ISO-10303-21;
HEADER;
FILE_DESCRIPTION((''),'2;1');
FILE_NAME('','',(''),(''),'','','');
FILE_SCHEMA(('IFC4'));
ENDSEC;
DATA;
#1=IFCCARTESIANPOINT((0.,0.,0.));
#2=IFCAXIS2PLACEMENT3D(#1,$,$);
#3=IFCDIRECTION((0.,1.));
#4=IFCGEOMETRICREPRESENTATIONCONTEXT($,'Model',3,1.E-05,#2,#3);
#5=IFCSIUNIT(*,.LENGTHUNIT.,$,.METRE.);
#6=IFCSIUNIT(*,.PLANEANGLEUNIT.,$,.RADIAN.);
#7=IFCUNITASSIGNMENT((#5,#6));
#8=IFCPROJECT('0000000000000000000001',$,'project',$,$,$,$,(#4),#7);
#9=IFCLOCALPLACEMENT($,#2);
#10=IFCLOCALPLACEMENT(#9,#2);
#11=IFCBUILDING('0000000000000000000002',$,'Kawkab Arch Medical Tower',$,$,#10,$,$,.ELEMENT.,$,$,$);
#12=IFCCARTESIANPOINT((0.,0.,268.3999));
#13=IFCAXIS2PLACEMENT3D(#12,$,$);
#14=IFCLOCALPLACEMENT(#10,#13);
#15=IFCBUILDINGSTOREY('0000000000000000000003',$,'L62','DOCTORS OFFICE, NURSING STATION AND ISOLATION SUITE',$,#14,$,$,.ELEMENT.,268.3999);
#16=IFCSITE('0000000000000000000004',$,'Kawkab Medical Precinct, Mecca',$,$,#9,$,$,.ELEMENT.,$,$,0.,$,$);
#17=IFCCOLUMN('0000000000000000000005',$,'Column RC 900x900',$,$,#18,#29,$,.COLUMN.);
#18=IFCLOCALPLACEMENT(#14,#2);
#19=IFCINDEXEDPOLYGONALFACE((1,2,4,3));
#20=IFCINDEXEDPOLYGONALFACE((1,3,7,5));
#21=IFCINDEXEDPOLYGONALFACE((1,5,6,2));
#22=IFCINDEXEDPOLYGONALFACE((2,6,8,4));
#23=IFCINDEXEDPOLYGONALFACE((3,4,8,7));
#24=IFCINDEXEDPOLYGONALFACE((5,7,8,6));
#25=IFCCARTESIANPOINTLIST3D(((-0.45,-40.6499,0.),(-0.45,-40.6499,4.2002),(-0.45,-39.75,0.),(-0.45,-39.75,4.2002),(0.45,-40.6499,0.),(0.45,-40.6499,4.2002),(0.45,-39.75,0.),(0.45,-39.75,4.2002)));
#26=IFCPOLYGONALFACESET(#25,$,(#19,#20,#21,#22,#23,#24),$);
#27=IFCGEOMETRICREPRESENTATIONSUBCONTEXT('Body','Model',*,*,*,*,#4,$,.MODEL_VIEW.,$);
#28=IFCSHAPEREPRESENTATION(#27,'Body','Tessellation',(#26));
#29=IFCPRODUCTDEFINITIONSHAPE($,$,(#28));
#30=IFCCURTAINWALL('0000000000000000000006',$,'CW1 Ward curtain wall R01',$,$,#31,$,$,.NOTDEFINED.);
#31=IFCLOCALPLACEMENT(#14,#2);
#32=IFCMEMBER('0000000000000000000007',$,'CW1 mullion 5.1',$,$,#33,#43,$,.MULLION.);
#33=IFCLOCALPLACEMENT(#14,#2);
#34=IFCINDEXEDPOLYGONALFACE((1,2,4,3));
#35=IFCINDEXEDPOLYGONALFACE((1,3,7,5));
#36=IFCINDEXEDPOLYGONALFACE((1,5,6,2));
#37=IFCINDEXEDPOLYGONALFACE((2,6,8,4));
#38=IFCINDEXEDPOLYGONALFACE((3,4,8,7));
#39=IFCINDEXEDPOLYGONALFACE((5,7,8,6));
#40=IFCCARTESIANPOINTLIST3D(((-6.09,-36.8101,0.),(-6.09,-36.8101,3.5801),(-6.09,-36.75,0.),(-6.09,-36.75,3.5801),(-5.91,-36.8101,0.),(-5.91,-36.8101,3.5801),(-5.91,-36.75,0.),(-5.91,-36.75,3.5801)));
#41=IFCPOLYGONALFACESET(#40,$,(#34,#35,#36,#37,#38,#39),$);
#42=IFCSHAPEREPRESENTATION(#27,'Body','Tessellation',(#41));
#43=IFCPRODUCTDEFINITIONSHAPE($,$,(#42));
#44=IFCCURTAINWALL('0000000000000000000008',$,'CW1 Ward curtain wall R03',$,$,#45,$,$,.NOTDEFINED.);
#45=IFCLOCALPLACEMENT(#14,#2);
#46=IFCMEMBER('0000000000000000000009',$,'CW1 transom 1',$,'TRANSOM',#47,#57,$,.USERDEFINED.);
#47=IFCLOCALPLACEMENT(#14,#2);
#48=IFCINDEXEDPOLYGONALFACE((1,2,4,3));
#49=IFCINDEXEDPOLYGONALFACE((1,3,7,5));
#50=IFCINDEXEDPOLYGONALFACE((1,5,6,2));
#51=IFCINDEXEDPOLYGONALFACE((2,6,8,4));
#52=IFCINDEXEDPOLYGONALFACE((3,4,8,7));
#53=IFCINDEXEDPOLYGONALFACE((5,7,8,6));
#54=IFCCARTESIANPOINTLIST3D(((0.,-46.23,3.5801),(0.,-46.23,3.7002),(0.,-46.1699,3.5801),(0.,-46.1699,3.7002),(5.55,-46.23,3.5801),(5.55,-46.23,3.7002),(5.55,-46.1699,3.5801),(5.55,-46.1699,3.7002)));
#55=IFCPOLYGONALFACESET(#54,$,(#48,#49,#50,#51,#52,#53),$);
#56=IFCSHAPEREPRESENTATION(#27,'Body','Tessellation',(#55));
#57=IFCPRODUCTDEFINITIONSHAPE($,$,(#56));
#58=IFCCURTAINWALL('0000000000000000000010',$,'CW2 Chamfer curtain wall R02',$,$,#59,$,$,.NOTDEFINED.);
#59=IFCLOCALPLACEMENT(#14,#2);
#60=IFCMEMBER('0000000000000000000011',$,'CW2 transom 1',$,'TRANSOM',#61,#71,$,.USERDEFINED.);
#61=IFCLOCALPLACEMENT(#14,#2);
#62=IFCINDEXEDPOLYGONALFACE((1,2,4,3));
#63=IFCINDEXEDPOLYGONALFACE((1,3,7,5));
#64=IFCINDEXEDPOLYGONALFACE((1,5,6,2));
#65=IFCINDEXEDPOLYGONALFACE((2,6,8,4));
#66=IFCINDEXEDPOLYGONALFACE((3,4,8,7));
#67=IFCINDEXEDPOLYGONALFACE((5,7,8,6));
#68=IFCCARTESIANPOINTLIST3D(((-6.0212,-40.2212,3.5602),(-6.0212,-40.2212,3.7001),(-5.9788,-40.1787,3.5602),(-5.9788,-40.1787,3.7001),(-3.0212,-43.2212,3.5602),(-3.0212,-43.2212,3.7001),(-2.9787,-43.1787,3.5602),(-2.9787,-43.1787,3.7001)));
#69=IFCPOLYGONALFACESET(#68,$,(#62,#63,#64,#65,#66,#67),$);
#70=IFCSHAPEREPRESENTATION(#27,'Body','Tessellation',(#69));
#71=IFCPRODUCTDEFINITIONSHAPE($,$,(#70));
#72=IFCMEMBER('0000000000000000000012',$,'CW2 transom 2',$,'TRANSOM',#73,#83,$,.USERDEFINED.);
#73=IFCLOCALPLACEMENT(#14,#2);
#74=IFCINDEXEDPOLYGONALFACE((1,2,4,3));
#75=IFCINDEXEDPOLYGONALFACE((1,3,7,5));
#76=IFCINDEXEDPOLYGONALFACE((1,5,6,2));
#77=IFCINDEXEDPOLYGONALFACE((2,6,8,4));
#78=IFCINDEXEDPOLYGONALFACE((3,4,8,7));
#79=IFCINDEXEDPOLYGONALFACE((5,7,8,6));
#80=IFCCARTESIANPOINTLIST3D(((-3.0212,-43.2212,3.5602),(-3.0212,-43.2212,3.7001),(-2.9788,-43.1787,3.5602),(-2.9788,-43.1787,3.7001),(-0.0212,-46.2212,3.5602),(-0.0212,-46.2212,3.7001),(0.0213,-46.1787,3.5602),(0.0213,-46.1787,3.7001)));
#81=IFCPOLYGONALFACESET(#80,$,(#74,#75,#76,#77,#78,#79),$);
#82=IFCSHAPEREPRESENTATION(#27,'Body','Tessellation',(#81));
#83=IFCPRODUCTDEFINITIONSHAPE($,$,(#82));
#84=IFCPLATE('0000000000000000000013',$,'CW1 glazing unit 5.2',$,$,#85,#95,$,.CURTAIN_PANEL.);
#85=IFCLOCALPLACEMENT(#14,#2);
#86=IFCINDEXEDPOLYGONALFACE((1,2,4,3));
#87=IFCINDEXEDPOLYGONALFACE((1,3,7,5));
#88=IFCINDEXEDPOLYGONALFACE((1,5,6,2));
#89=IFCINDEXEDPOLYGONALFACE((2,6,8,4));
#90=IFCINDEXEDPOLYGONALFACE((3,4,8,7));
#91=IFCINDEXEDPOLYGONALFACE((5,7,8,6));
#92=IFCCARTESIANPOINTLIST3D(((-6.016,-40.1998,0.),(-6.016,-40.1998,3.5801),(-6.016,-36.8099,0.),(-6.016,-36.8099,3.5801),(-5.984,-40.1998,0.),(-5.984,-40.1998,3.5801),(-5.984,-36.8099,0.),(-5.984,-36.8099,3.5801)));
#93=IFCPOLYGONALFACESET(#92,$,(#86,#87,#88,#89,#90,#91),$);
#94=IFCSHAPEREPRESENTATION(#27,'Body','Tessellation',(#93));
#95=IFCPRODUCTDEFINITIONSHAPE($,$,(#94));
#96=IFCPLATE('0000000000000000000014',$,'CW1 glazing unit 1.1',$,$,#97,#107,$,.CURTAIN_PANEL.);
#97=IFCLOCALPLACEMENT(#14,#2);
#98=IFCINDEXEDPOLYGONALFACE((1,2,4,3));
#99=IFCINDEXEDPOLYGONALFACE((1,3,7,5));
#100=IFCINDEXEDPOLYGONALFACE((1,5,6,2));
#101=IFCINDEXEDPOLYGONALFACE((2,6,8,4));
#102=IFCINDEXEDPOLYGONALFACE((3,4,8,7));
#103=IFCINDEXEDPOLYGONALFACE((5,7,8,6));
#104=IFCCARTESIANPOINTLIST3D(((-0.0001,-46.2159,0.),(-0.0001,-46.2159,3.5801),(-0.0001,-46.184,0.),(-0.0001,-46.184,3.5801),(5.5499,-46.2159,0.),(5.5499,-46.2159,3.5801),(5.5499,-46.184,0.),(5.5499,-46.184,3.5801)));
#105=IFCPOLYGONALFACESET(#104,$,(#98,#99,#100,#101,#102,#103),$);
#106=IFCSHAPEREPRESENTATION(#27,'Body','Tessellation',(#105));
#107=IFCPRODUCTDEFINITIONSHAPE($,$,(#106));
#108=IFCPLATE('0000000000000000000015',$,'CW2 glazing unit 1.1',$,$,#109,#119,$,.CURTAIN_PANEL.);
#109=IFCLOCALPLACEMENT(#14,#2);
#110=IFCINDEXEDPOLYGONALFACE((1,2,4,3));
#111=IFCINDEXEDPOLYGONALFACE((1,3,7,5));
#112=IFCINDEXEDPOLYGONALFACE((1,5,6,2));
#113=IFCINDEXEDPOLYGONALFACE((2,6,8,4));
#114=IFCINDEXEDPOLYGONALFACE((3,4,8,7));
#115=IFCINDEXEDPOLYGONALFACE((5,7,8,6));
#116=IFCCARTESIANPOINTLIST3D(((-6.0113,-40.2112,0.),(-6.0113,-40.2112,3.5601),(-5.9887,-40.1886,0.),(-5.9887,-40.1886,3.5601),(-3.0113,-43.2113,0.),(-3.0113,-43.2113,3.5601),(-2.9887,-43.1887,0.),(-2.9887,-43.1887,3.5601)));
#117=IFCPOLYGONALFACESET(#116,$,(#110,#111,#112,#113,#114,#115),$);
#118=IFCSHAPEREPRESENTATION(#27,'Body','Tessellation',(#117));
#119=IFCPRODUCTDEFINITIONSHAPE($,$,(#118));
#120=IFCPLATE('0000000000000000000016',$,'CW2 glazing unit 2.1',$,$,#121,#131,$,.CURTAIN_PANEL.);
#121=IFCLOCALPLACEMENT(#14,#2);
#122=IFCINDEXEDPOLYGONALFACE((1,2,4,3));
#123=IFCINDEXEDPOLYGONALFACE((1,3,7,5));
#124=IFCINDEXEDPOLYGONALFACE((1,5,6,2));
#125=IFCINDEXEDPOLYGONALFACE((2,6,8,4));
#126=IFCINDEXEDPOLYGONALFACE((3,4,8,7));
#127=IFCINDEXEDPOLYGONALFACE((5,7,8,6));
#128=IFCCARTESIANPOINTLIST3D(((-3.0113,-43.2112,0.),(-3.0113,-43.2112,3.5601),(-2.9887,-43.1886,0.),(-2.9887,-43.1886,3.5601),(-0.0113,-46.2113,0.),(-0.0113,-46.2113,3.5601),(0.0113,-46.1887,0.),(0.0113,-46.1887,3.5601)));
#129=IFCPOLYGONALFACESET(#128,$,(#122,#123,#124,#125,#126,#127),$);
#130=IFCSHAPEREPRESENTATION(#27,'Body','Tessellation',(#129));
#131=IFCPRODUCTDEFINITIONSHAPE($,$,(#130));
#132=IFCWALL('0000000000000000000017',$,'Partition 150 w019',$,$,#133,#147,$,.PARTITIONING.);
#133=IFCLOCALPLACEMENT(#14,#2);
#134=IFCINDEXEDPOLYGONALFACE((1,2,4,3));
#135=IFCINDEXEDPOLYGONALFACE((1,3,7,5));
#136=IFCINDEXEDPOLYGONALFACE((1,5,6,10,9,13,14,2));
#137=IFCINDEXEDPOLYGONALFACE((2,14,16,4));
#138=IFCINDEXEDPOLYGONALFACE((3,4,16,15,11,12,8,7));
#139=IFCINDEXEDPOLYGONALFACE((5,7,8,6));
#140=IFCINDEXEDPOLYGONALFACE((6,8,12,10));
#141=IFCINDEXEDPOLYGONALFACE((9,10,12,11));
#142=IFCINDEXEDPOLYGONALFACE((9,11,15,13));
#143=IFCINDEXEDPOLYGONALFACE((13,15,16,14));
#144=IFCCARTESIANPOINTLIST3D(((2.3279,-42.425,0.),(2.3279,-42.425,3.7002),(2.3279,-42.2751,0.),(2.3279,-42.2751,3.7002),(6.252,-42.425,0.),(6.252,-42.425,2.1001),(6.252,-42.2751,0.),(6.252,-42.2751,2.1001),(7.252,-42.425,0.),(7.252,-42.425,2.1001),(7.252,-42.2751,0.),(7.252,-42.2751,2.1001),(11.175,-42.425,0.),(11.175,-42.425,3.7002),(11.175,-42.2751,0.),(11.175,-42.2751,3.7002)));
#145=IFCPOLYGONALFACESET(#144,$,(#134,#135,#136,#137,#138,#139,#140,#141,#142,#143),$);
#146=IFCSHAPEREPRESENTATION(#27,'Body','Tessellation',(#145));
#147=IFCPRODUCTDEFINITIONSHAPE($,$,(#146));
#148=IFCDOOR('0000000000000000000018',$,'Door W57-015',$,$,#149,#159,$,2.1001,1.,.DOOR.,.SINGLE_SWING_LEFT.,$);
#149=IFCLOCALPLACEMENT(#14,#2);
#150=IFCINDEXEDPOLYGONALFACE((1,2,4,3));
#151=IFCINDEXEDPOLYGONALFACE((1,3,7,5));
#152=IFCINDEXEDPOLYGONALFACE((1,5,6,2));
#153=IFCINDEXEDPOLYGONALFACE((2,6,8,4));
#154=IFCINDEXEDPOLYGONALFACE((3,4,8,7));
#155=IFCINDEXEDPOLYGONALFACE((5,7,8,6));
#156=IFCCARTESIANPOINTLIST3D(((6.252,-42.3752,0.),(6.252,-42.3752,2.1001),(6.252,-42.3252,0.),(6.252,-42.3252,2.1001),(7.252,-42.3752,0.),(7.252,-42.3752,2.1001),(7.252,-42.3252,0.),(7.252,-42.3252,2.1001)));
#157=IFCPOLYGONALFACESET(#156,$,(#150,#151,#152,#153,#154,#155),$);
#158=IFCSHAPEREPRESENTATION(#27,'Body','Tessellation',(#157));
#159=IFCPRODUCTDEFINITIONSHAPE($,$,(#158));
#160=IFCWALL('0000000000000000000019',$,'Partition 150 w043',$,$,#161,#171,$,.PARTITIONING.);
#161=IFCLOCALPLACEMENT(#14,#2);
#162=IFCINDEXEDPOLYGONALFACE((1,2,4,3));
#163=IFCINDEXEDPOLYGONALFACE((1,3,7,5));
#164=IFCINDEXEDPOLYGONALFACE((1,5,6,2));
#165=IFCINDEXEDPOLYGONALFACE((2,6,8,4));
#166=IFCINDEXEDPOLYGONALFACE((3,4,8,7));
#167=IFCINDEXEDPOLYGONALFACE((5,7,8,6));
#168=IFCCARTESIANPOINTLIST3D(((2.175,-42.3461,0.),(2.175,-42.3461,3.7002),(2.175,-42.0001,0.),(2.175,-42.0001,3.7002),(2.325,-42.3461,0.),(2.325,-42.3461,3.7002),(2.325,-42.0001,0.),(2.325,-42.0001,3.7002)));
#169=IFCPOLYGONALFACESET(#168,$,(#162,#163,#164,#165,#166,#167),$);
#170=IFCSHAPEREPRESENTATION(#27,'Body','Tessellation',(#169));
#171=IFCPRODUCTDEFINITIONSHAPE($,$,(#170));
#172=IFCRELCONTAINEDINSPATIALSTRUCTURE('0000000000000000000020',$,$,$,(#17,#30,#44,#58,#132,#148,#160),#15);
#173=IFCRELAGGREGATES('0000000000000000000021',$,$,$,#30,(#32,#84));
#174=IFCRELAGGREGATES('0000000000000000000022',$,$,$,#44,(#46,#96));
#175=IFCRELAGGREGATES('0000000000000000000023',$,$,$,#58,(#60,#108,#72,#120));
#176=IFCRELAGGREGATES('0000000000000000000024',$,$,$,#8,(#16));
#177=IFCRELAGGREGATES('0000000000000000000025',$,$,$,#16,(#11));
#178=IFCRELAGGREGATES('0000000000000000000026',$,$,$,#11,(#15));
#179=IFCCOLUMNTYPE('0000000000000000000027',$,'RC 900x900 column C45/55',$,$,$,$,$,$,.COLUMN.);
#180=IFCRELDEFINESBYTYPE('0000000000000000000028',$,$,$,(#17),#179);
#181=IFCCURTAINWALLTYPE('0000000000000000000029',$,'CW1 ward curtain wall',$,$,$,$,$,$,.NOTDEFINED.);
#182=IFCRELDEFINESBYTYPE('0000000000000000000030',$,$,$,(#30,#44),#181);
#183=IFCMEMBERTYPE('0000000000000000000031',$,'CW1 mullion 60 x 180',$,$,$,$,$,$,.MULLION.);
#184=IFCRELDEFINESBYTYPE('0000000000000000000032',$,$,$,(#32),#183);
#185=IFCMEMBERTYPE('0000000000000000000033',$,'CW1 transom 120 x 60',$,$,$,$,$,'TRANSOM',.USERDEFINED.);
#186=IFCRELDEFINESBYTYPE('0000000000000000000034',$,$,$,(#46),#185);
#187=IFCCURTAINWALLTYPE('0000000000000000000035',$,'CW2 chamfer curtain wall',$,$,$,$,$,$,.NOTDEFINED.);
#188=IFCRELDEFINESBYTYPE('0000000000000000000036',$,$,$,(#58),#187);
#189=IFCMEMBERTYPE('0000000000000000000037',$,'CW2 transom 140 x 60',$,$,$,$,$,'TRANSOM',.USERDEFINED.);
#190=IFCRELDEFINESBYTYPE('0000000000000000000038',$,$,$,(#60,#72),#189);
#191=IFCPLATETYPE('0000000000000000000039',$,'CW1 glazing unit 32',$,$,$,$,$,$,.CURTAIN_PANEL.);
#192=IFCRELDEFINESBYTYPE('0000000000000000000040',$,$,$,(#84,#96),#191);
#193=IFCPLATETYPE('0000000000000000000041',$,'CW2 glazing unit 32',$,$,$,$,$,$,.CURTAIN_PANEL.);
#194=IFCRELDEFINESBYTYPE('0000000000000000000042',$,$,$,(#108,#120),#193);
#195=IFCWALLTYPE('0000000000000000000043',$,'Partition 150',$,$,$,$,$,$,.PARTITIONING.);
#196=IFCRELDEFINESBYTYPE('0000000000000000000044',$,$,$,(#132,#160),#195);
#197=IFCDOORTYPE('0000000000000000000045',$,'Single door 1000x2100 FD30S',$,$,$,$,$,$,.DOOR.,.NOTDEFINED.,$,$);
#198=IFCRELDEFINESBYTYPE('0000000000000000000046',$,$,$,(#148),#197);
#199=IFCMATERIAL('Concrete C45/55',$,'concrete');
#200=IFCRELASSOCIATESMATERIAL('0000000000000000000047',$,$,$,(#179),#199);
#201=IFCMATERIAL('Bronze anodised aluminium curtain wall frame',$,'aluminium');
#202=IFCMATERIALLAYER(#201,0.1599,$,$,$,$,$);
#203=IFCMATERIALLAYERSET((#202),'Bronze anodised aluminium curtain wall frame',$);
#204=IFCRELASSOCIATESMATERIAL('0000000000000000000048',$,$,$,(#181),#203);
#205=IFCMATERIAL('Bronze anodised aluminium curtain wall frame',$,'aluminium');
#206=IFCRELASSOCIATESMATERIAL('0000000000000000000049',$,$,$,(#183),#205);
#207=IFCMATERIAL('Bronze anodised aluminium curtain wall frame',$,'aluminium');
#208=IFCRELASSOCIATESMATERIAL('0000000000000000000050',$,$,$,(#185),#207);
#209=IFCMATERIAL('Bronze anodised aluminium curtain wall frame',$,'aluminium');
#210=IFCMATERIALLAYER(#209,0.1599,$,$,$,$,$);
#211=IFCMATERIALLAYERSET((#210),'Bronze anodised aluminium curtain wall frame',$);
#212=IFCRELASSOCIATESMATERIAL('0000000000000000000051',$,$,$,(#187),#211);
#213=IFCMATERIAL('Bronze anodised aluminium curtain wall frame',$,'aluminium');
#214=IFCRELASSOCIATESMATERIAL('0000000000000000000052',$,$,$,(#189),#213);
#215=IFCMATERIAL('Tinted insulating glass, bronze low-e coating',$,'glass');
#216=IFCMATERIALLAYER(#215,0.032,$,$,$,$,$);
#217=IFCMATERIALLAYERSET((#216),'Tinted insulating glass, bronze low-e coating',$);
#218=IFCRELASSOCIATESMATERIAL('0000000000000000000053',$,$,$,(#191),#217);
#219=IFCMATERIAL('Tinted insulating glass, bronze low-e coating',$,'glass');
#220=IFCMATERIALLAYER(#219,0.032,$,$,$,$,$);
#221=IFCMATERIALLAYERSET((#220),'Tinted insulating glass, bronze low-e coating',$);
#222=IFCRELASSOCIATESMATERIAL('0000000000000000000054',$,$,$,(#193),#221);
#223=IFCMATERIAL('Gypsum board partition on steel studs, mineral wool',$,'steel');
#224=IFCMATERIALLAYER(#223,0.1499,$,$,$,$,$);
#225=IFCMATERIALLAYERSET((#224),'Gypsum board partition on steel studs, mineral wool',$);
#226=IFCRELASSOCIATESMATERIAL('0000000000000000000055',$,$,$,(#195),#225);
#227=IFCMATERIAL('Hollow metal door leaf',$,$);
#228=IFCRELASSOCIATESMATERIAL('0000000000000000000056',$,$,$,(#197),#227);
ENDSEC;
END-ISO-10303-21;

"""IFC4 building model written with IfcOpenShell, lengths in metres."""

from ifc_helpers import new_model, si_unit, direction, frame, frame_2d, origin, origin_2d, place, context, subcontext, project, spatial, rectangle, extrude, material, layer, layer_set, material_profile, profile_set, type_object, element, fill, aggregate, save


model = new_model("IFC4")

# Units and contexts
model_context = context("Model", 3, precision=1e-05, world=origin(), true_north=direction((0.0, 1.0)))
body_context = subcontext(model_context, "Body", "Model", "MODEL_VIEW")
ifc_project = project(units=[si_unit("LENGTHUNIT", "METRE"), si_unit("PLANEANGLEUNIT", "RADIAN")], contexts=[model_context])

# Site, building, storey
site_placement = place(None, origin())
site = spatial("IfcSite", under=ifc_project, at=site_placement, Name="Kawkab Medical Precinct, Mecca", CompositionType="ELEMENT", RefElevation=0.0)
building_placement = place(site_placement, origin())
building = spatial("IfcBuilding", under=site, at=building_placement, Name="Kawkab Arch Medical Tower", CompositionType="ELEMENT")
storey_placement = place(building_placement, frame((0.0, 0.0, 268.3999)))
storey = spatial("IfcBuildingStorey", under=building, at=storey_placement, Name="L62", Description="DOCTORS OFFICE, NURSING STATION AND ISOLATION SUITE", CompositionType="ELEMENT", Elevation=268.3999)

# Column
ifc_material_1 = material(Name="Concrete C45/55", Category="concrete")
ifc_material_profile_1 = material_profile(ifc_material_1, rectangle(XDim=0.8999, YDim=0.8999, at=origin_2d()), Name="RC 900x900")
ifc_profile_set_1 = profile_set([ifc_material_profile_1], Name="Concrete C45/55")
column_type = type_object("IfcColumnType", Name="RC 900x900 column C45/55", PredefinedType="COLUMN", material=ifc_profile_set_1)
column_placement = place(storey_placement, frame((0.0, -40.2, 0.0), z_axis=(0.0, 0.0, 1.0), x_axis=(1.0, 0.0, 0.0)))
element("IfcColumn", 1, at=column_placement, inside=storey, type_object=column_type, Name="Column RC 900x900", PredefinedType="COLUMN", context=body_context, shape_type="SweptSolid", body=[
    extrude(rectangle(XDim=0.8999, YDim=0.8999, at=origin_2d()), origin(), (0.0, 0.0, 1.0), 4.2002),
])

# Curtain walls, members
ifc_material_2 = material(Name="Bronze anodised aluminium curtain wall frame", Category="aluminium")
ifc_layer_1 = layer(ifc_material_2, 0.1599)
ifc_layer_set_1 = layer_set([ifc_layer_1], Name="Bronze anodised aluminium curtain wall frame")
curtain_wall_type_1 = type_object("IfcCurtainWallType", Name="CW1 ward curtain wall", PredefinedType="NOTDEFINED", material=ifc_layer_set_1)
placement = place(storey_placement, origin())
curtain_wall_1 = element("IfcCurtainWall", 2, at=placement, inside=storey, type_object=curtain_wall_type_1, Name="CW1 Ward curtain wall R01", PredefinedType="NOTDEFINED")
ifc_material_3 = material(Name="Bronze anodised aluminium curtain wall frame", Category="aluminium")
ifc_material_profile_2 = material_profile(ifc_material_3, rectangle(XDim=0.1799, YDim=0.0601, at=origin_2d()), Name="AL 60x180")
ifc_profile_set_2 = profile_set([ifc_material_profile_2], Name="Bronze anodised aluminium curtain wall frame")
member_type_1 = type_object("IfcMemberType", Name="CW1 mullion 60 x 180", PredefinedType="MULLION", material=ifc_profile_set_2)
member_1_placement = place(storey_placement, frame((-6.0, -36.78, 0.0), z_axis=(0.0, 0.0, 1.0), x_axis=(1.0, 0.0, 0.0)))
member_1 = element("IfcMember", 3, at=member_1_placement, type_object=member_type_1, Name="CW1 mullion 5.1", PredefinedType="MULLION", context=body_context, shape_type="SweptSolid", body=[
    extrude(rectangle(XDim=0.1799, YDim=0.0601, at=origin_2d()), origin(), (0.0, 0.0, 1.0), 3.5801),
])
curtain_wall_2 = element("IfcCurtainWall", 4, at=placement, inside=storey, type_object=curtain_wall_type_1, Name="CW1 Ward curtain wall R03", PredefinedType="NOTDEFINED")
ifc_material_4 = material(Name="Bronze anodised aluminium curtain wall frame", Category="aluminium")
ifc_material_profile_3 = material_profile(ifc_material_4, rectangle(XDim=0.0601, YDim=0.1201, at=origin_2d()), Name="AL 60x120")
ifc_profile_set_3 = profile_set([ifc_material_profile_3], Name="Bronze anodised aluminium curtain wall frame")
member_type_2 = type_object("IfcMemberType", Name="CW1 transom 120 x 60", ElementType="TRANSOM", PredefinedType="USERDEFINED", material=ifc_profile_set_3)
member_2_placement = place(storey_placement, frame((0.0, -46.2, 3.6401), z_axis=(1.0, 0.0, 0.0), x_axis=(0.0, 1.0, 0.0)))
member_2 = element("IfcMember", 5, at=member_2_placement, type_object=member_type_2, Name="CW1 transom 1", ObjectType="TRANSOM", PredefinedType="USERDEFINED", context=body_context, shape_type="SweptSolid", body=[
    extrude(rectangle(XDim=0.0601, YDim=0.1201, at=origin_2d()), origin(), (0.0, 0.0, 1.0), 5.55),
])

# Curtain wall, members
ifc_material_5 = material(Name="Bronze anodised aluminium curtain wall frame", Category="aluminium")
ifc_layer_2 = layer(ifc_material_5, 0.1599)
ifc_layer_set_2 = layer_set([ifc_layer_2], Name="Bronze anodised aluminium curtain wall frame")
curtain_wall_type_2 = type_object("IfcCurtainWallType", Name="CW2 chamfer curtain wall", PredefinedType="NOTDEFINED", material=ifc_layer_set_2)
curtain_wall_3 = element("IfcCurtainWall", 6, at=placement, inside=storey, type_object=curtain_wall_type_2, Name="CW2 Chamfer curtain wall R02", PredefinedType="NOTDEFINED")
ifc_material_6 = material(Name="Bronze anodised aluminium curtain wall frame", Category="aluminium")
ifc_material_profile_4 = material_profile(ifc_material_6, rectangle(XDim=0.0601, YDim=0.1399, at=origin_2d()), Name="AL 60x140")
ifc_profile_set_4 = profile_set([ifc_material_profile_4], Name="Bronze anodised aluminium curtain wall frame")
member_type_3 = type_object("IfcMemberType", Name="CW2 transom 140 x 60", ElementType="TRANSOM", PredefinedType="USERDEFINED", material=ifc_profile_set_4)
member_3_placement = place(storey_placement, frame((-6.0, -40.2, 3.6301), z_axis=(0.707107, -0.707107, 0.0), x_axis=(0.707107, 0.707107, 0.0)))
member_3 = element("IfcMember", 7, at=member_3_placement, type_object=member_type_3, Name="CW2 transom 1", ObjectType="TRANSOM", PredefinedType="USERDEFINED", context=body_context, shape_type="SweptSolid", body=[
    extrude(rectangle(XDim=0.0601, YDim=0.1399, at=origin_2d()), origin(), (0.0, 0.0, 1.0), 4.2427),
])
member_4_placement = place(storey_placement, frame((-3.0, -43.2, 3.6301), z_axis=(0.707107, -0.707107, 0.0), x_axis=(0.707107, 0.707107, 0.0)))
member_4 = element("IfcMember", 8, at=member_4_placement, type_object=member_type_3, Name="CW2 transom 2", ObjectType="TRANSOM", PredefinedType="USERDEFINED", context=body_context, shape_type="SweptSolid", body=[
    extrude(rectangle(XDim=0.0601, YDim=0.1399, at=origin_2d()), origin(), (0.0, 0.0, 1.0), 4.2427),
])

# Plates
ifc_material_7 = material(Name="Tinted insulating glass, bronze low-e coating", Category="glass")
ifc_layer_3 = layer(ifc_material_7, 0.032)
ifc_layer_set_3 = layer_set([ifc_layer_3], Name="Tinted insulating glass, bronze low-e coating")
plate_type_1 = type_object("IfcPlateType", Name="CW1 glazing unit 32", PredefinedType="CURTAIN_PANEL", material=ifc_layer_set_3)
plate_1_placement = place(storey_placement, frame((-6.0, -38.5049, 0.0), z_axis=(0.0, 0.0, 1.0), x_axis=(0.0, -1.0, 0.0)))
plate_1 = element("IfcPlate", 9, at=plate_1_placement, type_object=plate_type_1, Name="CW1 glazing unit 5.2", PredefinedType="CURTAIN_PANEL", context=body_context, shape_type="SweptSolid", body=[
    extrude(rectangle(XDim=3.3899, YDim=0.032, at=origin_2d()), origin(), (0.0, 0.0, 1.0), 3.5801),
])
aggregate(curtain_wall_1, [member_1, plate_1])
plate_2_placement = place(storey_placement, frame((2.7749, -46.2, 0.0), z_axis=(0.0, 0.0, 1.0), x_axis=(1.0, 0.0, 0.0)))
plate_2 = element("IfcPlate", 10, at=plate_2_placement, type_object=plate_type_1, Name="CW1 glazing unit 1.1", PredefinedType="CURTAIN_PANEL", context=body_context, shape_type="SweptSolid", body=[
    extrude(rectangle(XDim=5.55, YDim=0.032, at=origin_2d()), origin(), (0.0, 0.0, 1.0), 3.5801),
])
aggregate(curtain_wall_2, [member_2, plate_2])
ifc_material_8 = material(Name="Tinted insulating glass, bronze low-e coating", Category="glass")
ifc_layer_4 = layer(ifc_material_8, 0.032)
ifc_layer_set_4 = layer_set([ifc_layer_4], Name="Tinted insulating glass, bronze low-e coating")
plate_type_2 = type_object("IfcPlateType", Name="CW2 glazing unit 32", PredefinedType="CURTAIN_PANEL", material=ifc_layer_set_4)
plate_3_placement = place(storey_placement, frame((-4.5, -41.7, 0.0), z_axis=(0.0, 0.0, 1.0), x_axis=(0.707107, -0.707107, 0.0)))
plate_3 = element("IfcPlate", 11, at=plate_3_placement, type_object=plate_type_2, Name="CW2 glazing unit 1.1", PredefinedType="CURTAIN_PANEL", context=body_context, shape_type="SweptSolid", body=[
    extrude(rectangle(XDim=4.2427, YDim=0.032, at=origin_2d()), origin(), (0.0, 0.0, 1.0), 3.5601),
])
plate_4_placement = place(storey_placement, frame((-1.5, -44.7, 0.0), z_axis=(0.0, 0.0, 1.0), x_axis=(0.707107, -0.707107, 0.0)))
plate_4 = element("IfcPlate", 12, at=plate_4_placement, type_object=plate_type_2, Name="CW2 glazing unit 2.1", PredefinedType="CURTAIN_PANEL", context=body_context, shape_type="SweptSolid", body=[
    extrude(rectangle(XDim=4.2427, YDim=0.032, at=origin_2d()), origin(), (0.0, 0.0, 1.0), 3.5601),
])
aggregate(curtain_wall_3, [member_3, plate_3, member_4, plate_4])

# Wall, opening, door
ifc_material_9 = material(Name="Gypsum board partition on steel studs, mineral wool", Category="steel")
ifc_layer_5 = layer(ifc_material_9, 0.1499)
ifc_layer_set_5 = layer_set([ifc_layer_5], Name="Gypsum board partition on steel studs, mineral wool")
wall_type_1 = type_object("IfcWallType", Name="Partition 150", PredefinedType="PARTITIONING", material=ifc_layer_set_5)
wall_1_placement = place(storey_placement, frame((2.3279, -42.3501, 0.0), z_axis=(0.0, 0.0, 1.0), x_axis=(1.0, 0.0, 0.0)))
wall_1 = element("IfcWall", 13, at=wall_1_placement, inside=storey, type_object=wall_type_1, Name="Partition 150 w019", PredefinedType="PARTITIONING", context=body_context, shape_type="SweptSolid", body=[
    extrude(rectangle(XDim=8.8472, YDim=0.1499, at=frame_2d((4.4236, 0.0))), origin(), (0.0, 0.0, 1.0), 3.7002),
])
opening_1_placement = place(wall_1_placement, frame((3.9241, 0.0, 0.0)))
opening_1 = element("IfcOpeningElement", 14, at=opening_1_placement, cuts=wall_1, PredefinedType="OPENING", context=body_context, shape_type="SweptSolid", body=[
    extrude(rectangle(XDim=1.0, YDim=2.1001, at=frame_2d((0.5, 1.05))), frame((0.0, 0.085, 0.0), z_axis=(0.0, -1.0, 0.0), x_axis=(1.0, 0.0, 0.0)), (0.0, 0.0, 1.0), 0.1699),
])
ifc_material_10 = material(Name="Hollow metal door leaf")
door_type_1 = type_object("IfcDoorType", Name="Single door 1000x2100 FD30S", OperationType="NOTDEFINED", PredefinedType="DOOR", material=ifc_material_10)
door_1_placement = place(opening_1_placement, origin())
door_1 = element("IfcDoor", 15, at=door_1_placement, inside=storey, type_object=door_type_1, Name="Door W57-015", OperationType="SINGLE_SWING_LEFT", OverallHeight=2.1001, OverallWidth=1.0, PredefinedType="DOOR", context=body_context, shape_type="SweptSolid", body=[
    extrude(rectangle(XDim=1.0, YDim=2.1001, at=frame_2d((0.5, 1.05))), frame((0.0, 0.0249, 0.0), z_axis=(0.0, -1.0, 0.0), x_axis=(1.0, 0.0, 0.0)), (0.0, 0.0, 1.0), 0.05),
])
fill(opening_1, door_1)

# Wall
wall_2_placement = place(storey_placement, frame((2.25, -42.3459, 0.0), z_axis=(0.0, 0.0, 1.0), x_axis=(0.0, 1.0, 0.0)))
element("IfcWall", 16, at=wall_2_placement, inside=storey, type_object=wall_type_1, Name="Partition 150 w043", PredefinedType="PARTITIONING", context=body_context, shape_type="SweptSolid", body=[
    extrude(rectangle(XDim=0.3459, YDim=0.1499, at=frame_2d((0.1729, 0.0))), origin(), (0.0, 0.0, 1.0), 3.7002),
])

save(model, "model.ifc")
